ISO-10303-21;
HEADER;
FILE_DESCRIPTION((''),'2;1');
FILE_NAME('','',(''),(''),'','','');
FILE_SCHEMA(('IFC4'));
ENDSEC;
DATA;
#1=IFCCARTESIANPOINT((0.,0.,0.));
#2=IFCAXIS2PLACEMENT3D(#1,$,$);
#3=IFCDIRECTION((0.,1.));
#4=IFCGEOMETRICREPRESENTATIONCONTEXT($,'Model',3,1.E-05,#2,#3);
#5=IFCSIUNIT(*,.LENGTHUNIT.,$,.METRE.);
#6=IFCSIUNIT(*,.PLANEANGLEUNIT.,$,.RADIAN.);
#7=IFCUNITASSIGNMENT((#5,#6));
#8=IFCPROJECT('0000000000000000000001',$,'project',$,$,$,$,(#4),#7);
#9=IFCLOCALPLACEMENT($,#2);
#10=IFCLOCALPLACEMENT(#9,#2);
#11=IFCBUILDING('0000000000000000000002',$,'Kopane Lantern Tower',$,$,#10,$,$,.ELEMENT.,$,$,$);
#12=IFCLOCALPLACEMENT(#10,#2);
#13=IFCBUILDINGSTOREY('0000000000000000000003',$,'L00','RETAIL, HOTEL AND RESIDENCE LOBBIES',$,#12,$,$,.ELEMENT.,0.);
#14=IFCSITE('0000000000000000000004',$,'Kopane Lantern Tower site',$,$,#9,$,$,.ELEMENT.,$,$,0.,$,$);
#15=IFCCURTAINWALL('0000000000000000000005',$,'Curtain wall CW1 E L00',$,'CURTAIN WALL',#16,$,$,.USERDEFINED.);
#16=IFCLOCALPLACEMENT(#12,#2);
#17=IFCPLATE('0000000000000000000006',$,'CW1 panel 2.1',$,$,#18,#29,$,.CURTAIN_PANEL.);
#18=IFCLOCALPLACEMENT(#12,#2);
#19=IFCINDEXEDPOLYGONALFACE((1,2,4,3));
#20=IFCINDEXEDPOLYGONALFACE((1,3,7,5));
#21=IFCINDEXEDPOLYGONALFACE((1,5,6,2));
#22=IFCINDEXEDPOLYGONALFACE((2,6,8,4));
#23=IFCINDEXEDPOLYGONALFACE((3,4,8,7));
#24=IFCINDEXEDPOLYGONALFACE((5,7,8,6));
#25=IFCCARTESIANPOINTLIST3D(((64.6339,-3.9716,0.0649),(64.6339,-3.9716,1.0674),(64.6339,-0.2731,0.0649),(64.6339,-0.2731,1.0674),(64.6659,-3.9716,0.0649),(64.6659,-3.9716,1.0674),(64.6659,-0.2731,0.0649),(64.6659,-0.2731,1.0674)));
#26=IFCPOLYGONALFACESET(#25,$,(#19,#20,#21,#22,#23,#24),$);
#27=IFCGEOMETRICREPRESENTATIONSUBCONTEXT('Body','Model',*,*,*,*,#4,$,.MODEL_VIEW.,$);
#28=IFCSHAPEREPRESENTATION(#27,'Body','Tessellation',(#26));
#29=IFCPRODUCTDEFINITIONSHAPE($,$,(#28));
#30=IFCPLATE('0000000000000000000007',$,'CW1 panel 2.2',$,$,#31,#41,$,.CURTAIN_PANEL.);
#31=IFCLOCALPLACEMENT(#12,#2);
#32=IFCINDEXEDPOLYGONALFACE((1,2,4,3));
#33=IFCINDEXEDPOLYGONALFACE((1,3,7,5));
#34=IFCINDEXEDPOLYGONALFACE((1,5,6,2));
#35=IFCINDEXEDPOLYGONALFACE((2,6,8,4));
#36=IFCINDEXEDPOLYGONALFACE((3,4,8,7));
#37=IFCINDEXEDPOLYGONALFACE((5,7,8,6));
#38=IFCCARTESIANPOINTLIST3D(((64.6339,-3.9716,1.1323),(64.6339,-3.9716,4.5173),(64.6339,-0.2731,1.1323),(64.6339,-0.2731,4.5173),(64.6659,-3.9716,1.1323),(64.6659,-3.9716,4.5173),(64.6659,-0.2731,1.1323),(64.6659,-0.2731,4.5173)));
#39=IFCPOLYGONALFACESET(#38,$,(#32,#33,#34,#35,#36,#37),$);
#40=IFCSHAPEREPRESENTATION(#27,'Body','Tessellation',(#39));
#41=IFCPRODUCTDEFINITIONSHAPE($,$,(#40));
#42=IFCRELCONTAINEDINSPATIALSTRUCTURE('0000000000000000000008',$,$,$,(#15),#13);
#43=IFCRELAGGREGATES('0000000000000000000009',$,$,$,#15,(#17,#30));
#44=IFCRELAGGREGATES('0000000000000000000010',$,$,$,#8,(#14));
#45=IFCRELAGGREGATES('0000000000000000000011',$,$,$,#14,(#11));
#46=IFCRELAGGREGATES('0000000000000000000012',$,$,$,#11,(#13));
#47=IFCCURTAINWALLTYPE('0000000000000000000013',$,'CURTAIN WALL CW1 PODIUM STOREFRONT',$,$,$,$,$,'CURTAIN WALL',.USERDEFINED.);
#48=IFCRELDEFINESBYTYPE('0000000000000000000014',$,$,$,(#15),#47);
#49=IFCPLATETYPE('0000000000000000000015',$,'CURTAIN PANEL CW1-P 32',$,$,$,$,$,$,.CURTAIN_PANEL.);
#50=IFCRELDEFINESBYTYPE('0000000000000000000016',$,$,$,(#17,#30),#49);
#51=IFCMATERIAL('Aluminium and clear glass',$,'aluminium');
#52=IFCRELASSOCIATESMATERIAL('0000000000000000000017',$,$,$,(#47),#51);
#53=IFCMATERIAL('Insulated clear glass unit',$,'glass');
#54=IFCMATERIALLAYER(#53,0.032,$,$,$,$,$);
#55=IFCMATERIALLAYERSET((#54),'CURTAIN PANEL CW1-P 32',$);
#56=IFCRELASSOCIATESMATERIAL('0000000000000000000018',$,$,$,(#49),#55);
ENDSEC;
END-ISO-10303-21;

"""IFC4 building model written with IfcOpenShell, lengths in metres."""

from ifc_helpers import new_model, si_unit, direction, frame, origin, origin_2d, place, context, subcontext, project, spatial, rectangle, extrude, material, layer, layer_set, type_object, element, aggregate, save


model = new_model("IFC4")

# Units and contexts
model_context = context("Model", 3, precision=1e-05, world=origin(), true_north=direction((0.0, 1.0)))
body_context = subcontext(model_context, "Body", "Model", "MODEL_VIEW")
ifc_project = project(units=[si_unit("LENGTHUNIT", "METRE"), si_unit("PLANEANGLEUNIT", "RADIAN")], contexts=[model_context])

# Site, building, storey
site_placement = place(None, origin())
site = spatial("IfcSite", under=ifc_project, at=site_placement, Name="Kopane Lantern Tower site", CompositionType="ELEMENT", RefElevation=0.0)
building_placement = place(site_placement, origin())
building = spatial("IfcBuilding", under=site, at=building_placement, Name="Kopane Lantern Tower", CompositionType="ELEMENT")
storey_placement = place(building_placement, origin())
storey = spatial("IfcBuildingStorey", under=building, at=storey_placement, Name="L00", Description="RETAIL, HOTEL AND RESIDENCE LOBBIES", CompositionType="ELEMENT", Elevation=0.0)

# Curtain wall
ifc_material_1 = material(Name="Aluminium and clear glass", Category="aluminium")
curtain_wall_type = type_object("IfcCurtainWallType", Name="CURTAIN WALL CW1 PODIUM STOREFRONT", ElementType="CURTAIN WALL", PredefinedType="USERDEFINED", material=ifc_material_1)
curtain_wall_1_placement = place(storey_placement, origin())
curtain_wall_1 = element("IfcCurtainWall", 1, at=curtain_wall_1_placement, inside=storey, type_object=curtain_wall_type, Name="Curtain wall CW1 E L00", ObjectType="CURTAIN WALL", PredefinedType="USERDEFINED")

# Plates
ifc_material_2 = material(Name="Insulated clear glass unit", Category="glass")
ifc_layer = layer(ifc_material_2, 0.032)
ifc_layer_set = layer_set([ifc_layer], Name="CURTAIN PANEL CW1-P 32")
plate_type = type_object("IfcPlateType", Name="CURTAIN PANEL CW1-P 32", PredefinedType="CURTAIN_PANEL", material=ifc_layer_set)
plate_1_placement = place(storey_placement, frame((64.6499, -2.1223, 0.0649), z_axis=(0.0, 0.0, 1.0), x_axis=(0.0, 1.0, 0.0)))
plate_1 = element("IfcPlate", 2, at=plate_1_placement, type_object=plate_type, Name="CW1 panel 2.1", PredefinedType="CURTAIN_PANEL", context=body_context, shape_type="SweptSolid", body=[
    extrude(rectangle(XDim=3.6985, YDim=0.032, at=origin_2d()), origin(), (0.0, 0.0, 1.0), 1.0024),
])
plate_2_placement = place(storey_placement, frame((64.6499, -2.1223, 1.1323), z_axis=(0.0, 0.0, 1.0), x_axis=(0.0, 1.0, 0.0)))
plate_2 = element("IfcPlate", 3, at=plate_2_placement, type_object=plate_type, Name="CW1 panel 2.2", PredefinedType="CURTAIN_PANEL", context=body_context, shape_type="SweptSolid", body=[
    extrude(rectangle(XDim=3.6985, YDim=0.032, at=origin_2d()), origin(), (0.0, 0.0, 1.0), 3.385),
])
aggregate(curtain_wall_1, [plate_1, plate_2])

save(model, "model.ifc")
